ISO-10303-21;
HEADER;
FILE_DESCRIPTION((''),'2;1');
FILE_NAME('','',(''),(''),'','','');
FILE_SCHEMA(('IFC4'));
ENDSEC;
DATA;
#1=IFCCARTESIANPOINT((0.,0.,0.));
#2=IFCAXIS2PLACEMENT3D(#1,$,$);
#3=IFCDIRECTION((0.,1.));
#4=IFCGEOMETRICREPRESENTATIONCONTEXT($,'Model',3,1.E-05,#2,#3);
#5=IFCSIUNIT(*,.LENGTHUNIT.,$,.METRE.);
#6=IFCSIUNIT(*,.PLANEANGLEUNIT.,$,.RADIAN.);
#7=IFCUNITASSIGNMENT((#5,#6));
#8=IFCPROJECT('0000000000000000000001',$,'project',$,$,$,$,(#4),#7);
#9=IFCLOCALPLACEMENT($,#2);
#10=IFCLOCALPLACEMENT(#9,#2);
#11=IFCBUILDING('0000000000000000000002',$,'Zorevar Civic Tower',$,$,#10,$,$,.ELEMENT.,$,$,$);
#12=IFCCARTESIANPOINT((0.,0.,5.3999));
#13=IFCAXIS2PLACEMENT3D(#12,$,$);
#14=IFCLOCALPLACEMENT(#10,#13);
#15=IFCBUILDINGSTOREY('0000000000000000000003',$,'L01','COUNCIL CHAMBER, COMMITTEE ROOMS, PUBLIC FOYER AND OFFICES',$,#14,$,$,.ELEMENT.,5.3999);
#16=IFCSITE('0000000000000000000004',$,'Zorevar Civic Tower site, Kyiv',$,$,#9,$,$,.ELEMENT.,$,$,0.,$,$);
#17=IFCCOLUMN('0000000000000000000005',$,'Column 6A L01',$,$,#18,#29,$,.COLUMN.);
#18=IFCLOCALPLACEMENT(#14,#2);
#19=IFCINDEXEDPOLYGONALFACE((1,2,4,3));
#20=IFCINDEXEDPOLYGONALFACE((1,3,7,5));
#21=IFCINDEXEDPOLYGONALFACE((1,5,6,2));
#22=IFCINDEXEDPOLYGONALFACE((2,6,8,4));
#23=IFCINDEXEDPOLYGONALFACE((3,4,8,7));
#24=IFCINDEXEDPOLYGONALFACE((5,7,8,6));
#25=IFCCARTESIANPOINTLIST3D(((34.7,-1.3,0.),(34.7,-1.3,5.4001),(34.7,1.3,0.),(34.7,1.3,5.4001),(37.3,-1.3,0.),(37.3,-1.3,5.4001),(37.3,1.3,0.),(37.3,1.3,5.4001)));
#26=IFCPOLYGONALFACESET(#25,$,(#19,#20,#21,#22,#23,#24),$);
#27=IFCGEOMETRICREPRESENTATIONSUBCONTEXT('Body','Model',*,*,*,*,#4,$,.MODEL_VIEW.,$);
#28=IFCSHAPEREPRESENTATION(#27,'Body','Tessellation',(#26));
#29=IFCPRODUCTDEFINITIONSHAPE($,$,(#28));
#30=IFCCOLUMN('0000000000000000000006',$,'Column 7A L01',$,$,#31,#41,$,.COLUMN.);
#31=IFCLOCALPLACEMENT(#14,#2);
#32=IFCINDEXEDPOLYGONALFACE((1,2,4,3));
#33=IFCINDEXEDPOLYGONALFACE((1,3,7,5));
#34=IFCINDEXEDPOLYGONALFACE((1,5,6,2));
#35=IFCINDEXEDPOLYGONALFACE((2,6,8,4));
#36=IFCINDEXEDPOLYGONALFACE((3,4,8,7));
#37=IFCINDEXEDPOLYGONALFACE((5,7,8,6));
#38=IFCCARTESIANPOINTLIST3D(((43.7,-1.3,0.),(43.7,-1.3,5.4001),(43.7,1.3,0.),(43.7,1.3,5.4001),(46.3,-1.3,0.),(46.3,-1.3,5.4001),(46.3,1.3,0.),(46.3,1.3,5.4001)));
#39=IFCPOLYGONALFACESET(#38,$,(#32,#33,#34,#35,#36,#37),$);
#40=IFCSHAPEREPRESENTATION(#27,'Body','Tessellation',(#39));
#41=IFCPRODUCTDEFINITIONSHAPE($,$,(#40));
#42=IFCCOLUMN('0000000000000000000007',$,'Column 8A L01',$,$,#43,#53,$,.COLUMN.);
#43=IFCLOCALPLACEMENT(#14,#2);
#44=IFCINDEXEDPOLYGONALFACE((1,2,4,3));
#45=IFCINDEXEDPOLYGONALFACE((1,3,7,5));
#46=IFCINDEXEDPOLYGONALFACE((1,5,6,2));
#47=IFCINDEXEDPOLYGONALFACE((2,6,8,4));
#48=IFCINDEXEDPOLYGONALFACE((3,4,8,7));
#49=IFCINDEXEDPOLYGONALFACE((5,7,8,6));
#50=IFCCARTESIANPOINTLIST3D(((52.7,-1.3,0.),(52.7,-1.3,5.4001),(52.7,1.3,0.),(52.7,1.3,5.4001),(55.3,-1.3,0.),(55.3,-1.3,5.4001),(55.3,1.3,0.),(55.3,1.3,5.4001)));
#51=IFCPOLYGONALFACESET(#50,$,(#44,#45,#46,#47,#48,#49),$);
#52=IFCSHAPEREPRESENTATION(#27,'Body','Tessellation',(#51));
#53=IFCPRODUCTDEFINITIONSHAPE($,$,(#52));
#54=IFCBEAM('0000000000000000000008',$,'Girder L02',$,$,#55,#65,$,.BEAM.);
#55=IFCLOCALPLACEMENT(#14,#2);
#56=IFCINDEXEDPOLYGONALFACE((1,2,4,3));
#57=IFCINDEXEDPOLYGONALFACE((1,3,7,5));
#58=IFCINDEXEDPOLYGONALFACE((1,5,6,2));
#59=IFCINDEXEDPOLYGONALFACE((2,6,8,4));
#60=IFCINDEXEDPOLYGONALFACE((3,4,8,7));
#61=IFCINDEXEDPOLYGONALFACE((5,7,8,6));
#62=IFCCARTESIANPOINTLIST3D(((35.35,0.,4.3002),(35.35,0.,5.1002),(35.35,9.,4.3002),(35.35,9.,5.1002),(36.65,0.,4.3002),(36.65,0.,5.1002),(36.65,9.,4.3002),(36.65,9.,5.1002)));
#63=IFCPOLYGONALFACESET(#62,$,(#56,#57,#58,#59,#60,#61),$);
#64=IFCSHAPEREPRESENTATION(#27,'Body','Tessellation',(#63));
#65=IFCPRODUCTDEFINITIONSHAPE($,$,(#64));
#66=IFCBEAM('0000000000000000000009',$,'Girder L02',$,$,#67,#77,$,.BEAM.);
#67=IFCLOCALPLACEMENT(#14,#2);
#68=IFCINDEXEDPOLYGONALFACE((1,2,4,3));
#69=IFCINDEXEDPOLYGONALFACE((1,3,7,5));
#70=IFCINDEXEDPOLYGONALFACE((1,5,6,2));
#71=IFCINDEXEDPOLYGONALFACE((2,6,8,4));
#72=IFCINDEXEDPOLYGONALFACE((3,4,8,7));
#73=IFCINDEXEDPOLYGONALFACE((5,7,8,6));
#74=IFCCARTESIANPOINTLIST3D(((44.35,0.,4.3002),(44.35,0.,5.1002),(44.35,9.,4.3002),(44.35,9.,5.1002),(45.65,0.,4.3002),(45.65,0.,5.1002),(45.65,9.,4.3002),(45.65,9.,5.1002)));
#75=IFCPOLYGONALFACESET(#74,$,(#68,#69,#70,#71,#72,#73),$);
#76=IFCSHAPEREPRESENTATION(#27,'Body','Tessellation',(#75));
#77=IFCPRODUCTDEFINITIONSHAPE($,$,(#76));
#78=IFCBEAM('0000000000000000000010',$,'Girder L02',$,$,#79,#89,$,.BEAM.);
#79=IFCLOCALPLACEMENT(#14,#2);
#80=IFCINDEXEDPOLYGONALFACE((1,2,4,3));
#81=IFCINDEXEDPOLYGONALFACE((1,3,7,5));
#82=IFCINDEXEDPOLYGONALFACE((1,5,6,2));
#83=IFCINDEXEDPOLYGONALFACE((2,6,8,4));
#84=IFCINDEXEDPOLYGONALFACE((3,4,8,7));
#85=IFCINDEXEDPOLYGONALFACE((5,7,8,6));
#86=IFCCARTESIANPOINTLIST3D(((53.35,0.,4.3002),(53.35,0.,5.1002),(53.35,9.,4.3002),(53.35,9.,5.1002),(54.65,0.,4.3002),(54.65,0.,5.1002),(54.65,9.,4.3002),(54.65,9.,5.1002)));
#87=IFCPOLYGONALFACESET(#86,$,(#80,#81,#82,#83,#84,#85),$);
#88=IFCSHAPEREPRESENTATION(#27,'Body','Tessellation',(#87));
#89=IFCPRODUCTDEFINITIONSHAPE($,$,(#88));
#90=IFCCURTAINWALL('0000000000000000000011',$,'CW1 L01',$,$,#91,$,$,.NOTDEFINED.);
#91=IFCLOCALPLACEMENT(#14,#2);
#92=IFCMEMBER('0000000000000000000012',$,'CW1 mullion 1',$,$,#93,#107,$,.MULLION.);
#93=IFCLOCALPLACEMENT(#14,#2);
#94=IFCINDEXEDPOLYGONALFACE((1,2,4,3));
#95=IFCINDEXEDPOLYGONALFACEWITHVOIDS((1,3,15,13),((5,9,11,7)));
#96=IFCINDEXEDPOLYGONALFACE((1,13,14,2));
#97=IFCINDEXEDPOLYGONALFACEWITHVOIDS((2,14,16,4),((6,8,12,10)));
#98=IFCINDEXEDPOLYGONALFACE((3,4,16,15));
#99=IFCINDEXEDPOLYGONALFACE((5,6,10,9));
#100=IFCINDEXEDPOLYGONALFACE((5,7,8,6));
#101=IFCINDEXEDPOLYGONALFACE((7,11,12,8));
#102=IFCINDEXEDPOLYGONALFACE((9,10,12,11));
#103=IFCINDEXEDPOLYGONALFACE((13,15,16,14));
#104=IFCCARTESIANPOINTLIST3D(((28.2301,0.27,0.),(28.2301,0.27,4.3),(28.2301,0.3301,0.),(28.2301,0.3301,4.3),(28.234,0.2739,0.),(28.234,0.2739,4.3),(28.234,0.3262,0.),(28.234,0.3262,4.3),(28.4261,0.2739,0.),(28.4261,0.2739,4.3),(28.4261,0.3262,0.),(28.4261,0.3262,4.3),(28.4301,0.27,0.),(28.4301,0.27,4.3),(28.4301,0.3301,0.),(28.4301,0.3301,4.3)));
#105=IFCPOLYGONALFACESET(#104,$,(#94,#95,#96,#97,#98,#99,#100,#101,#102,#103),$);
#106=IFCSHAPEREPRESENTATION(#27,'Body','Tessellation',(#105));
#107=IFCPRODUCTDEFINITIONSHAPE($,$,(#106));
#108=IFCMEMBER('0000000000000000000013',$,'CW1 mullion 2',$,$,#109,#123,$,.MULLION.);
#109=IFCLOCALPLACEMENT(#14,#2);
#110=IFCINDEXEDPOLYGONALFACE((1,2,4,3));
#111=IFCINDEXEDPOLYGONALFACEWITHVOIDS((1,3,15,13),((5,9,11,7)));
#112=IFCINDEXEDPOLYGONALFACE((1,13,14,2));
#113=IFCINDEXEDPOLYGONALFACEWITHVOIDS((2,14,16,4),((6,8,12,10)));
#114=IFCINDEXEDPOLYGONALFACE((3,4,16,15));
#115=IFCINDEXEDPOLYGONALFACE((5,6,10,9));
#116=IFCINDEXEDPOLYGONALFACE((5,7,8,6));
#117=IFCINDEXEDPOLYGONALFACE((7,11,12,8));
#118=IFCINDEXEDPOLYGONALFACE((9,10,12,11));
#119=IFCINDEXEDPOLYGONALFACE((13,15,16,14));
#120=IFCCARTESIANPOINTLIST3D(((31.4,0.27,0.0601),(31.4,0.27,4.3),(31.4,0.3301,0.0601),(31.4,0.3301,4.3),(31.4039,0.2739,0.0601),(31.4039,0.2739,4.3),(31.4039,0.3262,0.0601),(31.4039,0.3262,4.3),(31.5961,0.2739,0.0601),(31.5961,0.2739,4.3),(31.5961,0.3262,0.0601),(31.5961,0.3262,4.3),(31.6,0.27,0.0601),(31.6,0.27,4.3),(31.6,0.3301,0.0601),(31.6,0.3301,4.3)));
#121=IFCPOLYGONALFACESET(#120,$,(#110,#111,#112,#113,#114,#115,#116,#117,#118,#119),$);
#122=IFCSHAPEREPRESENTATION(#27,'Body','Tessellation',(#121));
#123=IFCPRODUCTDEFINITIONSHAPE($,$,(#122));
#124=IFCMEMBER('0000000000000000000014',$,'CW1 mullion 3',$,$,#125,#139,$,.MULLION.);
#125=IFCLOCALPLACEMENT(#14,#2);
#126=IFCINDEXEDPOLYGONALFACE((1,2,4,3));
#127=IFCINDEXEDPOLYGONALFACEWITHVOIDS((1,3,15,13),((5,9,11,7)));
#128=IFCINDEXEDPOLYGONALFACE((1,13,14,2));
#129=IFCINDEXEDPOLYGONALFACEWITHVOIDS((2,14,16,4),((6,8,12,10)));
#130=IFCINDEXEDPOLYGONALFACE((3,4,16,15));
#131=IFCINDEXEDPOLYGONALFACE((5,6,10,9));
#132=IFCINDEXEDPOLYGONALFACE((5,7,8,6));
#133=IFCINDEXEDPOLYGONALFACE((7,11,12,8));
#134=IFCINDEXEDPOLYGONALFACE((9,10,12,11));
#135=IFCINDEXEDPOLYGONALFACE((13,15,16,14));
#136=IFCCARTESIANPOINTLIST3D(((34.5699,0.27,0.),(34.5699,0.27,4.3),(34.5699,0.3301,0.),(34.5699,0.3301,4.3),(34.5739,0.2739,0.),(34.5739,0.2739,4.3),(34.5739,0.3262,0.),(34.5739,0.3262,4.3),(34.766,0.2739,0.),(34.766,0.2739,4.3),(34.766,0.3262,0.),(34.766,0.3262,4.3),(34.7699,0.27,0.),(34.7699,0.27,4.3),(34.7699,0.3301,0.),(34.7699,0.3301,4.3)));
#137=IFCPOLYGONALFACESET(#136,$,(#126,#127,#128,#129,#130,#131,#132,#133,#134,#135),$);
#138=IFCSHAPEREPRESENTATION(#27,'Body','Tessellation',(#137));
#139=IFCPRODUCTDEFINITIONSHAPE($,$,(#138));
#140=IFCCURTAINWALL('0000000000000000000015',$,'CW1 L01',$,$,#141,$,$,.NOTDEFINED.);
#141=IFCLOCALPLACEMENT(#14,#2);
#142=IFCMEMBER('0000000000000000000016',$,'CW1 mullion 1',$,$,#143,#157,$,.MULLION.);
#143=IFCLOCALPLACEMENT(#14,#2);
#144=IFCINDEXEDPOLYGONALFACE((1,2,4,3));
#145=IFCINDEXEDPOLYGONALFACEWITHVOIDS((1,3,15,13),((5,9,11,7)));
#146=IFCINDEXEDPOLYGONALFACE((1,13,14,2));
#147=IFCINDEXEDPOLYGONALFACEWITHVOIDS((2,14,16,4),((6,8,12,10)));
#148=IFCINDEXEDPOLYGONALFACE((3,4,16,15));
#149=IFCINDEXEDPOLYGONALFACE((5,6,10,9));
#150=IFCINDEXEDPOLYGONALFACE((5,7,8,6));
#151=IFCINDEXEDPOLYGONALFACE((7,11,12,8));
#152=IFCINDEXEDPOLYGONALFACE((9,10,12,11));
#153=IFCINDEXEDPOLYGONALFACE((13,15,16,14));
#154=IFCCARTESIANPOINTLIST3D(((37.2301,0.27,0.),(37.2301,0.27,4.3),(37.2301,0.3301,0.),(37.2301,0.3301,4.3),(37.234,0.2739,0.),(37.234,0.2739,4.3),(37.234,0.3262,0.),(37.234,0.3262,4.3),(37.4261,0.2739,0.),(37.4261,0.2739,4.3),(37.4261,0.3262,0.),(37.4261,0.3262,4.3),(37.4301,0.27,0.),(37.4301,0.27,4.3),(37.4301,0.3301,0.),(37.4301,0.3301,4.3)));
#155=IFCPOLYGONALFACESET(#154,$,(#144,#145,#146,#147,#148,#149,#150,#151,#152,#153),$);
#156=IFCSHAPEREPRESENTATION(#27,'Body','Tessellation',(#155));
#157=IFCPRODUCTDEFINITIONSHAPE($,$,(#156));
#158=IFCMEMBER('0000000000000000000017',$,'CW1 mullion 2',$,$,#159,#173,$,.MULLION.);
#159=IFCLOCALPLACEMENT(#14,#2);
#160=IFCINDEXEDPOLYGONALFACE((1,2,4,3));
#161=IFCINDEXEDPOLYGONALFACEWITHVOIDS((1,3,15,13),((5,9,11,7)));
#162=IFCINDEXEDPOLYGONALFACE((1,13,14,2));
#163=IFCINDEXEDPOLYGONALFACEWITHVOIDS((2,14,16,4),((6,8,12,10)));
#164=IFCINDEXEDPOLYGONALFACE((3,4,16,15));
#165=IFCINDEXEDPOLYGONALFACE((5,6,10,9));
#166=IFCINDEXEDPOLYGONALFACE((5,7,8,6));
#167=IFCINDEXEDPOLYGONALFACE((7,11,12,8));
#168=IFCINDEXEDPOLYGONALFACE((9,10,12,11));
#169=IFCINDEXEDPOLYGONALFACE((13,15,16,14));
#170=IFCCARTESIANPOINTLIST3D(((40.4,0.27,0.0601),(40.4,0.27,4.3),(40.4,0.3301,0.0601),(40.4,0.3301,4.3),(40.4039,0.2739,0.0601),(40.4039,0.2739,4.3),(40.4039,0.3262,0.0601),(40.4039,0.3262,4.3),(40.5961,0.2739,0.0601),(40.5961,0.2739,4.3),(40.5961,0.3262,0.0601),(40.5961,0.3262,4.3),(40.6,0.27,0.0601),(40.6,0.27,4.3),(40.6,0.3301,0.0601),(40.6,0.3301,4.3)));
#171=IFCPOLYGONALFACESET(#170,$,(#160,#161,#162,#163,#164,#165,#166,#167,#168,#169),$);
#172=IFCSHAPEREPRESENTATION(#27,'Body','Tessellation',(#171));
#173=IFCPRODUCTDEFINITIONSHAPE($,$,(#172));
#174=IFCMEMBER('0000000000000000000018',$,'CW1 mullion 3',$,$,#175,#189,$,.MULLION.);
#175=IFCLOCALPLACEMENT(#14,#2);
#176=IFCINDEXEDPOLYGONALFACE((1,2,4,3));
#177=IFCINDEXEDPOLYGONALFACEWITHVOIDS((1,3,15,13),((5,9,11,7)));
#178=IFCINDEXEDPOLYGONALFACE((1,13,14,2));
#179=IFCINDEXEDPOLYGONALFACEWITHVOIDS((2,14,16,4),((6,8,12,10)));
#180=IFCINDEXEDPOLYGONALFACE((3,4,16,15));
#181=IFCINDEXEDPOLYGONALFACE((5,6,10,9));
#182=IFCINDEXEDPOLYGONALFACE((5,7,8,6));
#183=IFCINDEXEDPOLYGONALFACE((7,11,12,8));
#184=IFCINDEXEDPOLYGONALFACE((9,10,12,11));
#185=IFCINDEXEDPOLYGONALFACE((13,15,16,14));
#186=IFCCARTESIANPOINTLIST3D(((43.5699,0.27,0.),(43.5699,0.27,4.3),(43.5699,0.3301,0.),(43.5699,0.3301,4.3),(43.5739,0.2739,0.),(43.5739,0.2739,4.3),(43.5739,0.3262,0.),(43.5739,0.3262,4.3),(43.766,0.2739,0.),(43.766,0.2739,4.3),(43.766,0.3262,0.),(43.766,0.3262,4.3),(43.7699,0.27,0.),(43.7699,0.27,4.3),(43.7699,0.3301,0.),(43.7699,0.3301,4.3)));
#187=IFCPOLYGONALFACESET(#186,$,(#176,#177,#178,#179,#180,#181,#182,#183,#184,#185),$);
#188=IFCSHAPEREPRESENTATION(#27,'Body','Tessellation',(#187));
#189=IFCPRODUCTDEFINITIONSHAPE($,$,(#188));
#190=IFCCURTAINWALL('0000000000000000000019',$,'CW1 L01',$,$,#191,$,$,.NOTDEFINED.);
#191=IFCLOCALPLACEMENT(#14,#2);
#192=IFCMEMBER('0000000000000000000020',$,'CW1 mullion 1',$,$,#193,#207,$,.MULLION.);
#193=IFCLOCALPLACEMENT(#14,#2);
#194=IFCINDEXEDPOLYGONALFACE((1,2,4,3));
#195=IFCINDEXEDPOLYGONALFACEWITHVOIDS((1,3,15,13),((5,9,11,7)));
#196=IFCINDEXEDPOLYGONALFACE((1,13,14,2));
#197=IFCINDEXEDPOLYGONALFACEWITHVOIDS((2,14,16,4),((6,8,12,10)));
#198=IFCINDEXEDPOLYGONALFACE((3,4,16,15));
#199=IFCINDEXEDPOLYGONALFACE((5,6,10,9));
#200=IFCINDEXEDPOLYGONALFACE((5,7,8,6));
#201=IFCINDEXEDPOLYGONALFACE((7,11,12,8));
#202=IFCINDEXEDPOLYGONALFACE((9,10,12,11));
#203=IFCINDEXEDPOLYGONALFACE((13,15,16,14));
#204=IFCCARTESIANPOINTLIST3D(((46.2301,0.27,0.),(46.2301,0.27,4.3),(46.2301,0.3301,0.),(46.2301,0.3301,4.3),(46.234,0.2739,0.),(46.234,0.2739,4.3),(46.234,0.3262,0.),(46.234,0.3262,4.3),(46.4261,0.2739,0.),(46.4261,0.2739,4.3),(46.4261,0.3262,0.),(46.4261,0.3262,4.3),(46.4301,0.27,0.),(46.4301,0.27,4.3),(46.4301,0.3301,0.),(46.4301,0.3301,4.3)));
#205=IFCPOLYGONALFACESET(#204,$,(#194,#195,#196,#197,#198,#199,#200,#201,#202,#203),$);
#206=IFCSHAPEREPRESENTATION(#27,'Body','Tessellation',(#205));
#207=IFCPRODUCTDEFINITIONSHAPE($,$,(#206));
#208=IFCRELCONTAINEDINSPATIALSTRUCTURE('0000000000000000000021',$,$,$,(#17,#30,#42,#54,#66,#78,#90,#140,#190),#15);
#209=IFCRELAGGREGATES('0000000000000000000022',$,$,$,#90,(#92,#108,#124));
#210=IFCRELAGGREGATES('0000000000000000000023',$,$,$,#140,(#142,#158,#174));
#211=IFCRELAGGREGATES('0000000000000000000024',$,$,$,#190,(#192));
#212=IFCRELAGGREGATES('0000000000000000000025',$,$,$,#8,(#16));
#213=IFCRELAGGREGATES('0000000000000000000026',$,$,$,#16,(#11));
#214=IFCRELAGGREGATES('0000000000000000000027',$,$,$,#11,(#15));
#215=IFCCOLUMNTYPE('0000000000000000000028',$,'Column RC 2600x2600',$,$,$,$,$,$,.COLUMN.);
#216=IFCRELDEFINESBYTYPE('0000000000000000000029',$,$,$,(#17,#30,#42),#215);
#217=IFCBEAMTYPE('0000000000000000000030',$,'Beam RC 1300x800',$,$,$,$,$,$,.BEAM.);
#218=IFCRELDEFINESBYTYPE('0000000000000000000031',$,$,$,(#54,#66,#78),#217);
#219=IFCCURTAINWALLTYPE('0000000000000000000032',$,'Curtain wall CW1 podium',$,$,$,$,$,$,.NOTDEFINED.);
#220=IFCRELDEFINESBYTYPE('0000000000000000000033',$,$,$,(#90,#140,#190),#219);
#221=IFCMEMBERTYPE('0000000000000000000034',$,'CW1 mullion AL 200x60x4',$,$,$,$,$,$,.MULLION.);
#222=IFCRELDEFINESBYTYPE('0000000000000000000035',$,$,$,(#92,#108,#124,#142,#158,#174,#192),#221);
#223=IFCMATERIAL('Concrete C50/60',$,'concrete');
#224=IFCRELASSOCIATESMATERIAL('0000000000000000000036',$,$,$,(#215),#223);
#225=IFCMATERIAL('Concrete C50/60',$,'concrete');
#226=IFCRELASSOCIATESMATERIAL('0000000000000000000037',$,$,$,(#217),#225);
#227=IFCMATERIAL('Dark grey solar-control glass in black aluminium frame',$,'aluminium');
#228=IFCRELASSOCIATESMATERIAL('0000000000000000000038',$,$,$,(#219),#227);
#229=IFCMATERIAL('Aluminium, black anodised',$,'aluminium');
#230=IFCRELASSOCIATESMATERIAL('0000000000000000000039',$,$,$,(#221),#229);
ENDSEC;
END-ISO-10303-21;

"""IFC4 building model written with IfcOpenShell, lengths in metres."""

from ifc_helpers import new_model, si_unit, direction, frame, origin, origin_2d, place, context, subcontext, project, spatial, rectangle, hollow_rectangle, extrude, material, material_profile, profile_set, type_object, element, aggregate, save


model = new_model("IFC4")

# Units and contexts
model_context = context("Model", 3, precision=1e-05, world=origin(), true_north=direction((0.0, 1.0)))
body_context = subcontext(model_context, "Body", "Model", "MODEL_VIEW")
ifc_project = project(units=[si_unit("LENGTHUNIT", "METRE"), si_unit("PLANEANGLEUNIT", "RADIAN")], contexts=[model_context])

# Site, building, storey
site_placement = place(None, origin())
site = spatial("IfcSite", under=ifc_project, at=site_placement, Name="Zorevar Civic Tower site, Kyiv", CompositionType="ELEMENT", RefElevation=0.0)
building_placement = place(site_placement, origin())
building = spatial("IfcBuilding", under=site, at=building_placement, Name="Zorevar Civic Tower", CompositionType="ELEMENT")
storey_placement = place(building_placement, frame((0.0, 0.0, 5.3999)))
storey = spatial("IfcBuildingStorey", under=building, at=storey_placement, Name="L01", Description="COUNCIL CHAMBER, COMMITTEE ROOMS, PUBLIC FOYER AND OFFICES", CompositionType="ELEMENT", Elevation=5.3999)

# Columns
ifc_material_1 = material(Name="Concrete C50/60", Category="concrete")
ifc_material_profile_1 = material_profile(ifc_material_1, rectangle(XDim=2.6001, YDim=2.6001, at=origin_2d()), Name="RC 2600x2600")
ifc_profile_set_1 = profile_set([ifc_material_profile_1], Name="Concrete C50/60")
column_type = type_object("IfcColumnType", Name="Column RC 2600x2600", PredefinedType="COLUMN", material=ifc_profile_set_1)
for number, where, z_axis, x_axis, name in (
    (1, (36.0, 0.0, 0.0), (0.0, 0.0, 1.0), (1.0, 0.0, 0.0), "Column 6A L01"),
    (2, (45.0, 0.0, 0.0), (0.0, 0.0, 1.0), (1.0, 0.0, 0.0), "Column 7A L01"),
    (3, (54.0, 0.0, 0.0), (0.0, 0.0, 1.0), (1.0, 0.0, 0.0), "Column 8A L01"),
):
    element("IfcColumn", number, at=place(storey_placement, frame(where, z_axis=z_axis, x_axis=x_axis)), inside=storey, type_object=column_type, Name=name, PredefinedType="COLUMN", context=body_context, shape_type="SweptSolid", body=[
        extrude(rectangle(XDim=2.6001, YDim=2.6001, at=origin_2d()), origin(), (0.0, 0.0, 1.0), 5.4001),
    ])

# Beams
ifc_material_2 = material(Name="Concrete C50/60", Category="concrete")
ifc_material_profile_2 = material_profile(ifc_material_2, rectangle(XDim=1.3, YDim=0.8, at=origin_2d()), Name="RC 1300x800")
ifc_profile_set_2 = profile_set([ifc_material_profile_2], Name="Concrete C50/60")
beam_type_1 = type_object("IfcBeamType", Name="Beam RC 1300x800", PredefinedType="BEAM", material=ifc_profile_set_2)
for number, where, z_axis, x_axis, name in (
    (4, (36.0, 0.0, 4.7002), (0.0, 1.0, 0.0), (-1.0, 0.0, 0.0), "Girder L02"),
    (5, (45.0, 0.0, 4.7002), (0.0, 1.0, 0.0), (-1.0, 0.0, 0.0), "Girder L02"),
    (6, (54.0, 0.0, 4.7002), (0.0, 1.0, 0.0), (-1.0, 0.0, 0.0), "Girder L02"),
):
    element("IfcBeam", number, at=place(storey_placement, frame(where, z_axis=z_axis, x_axis=x_axis)), inside=storey, type_object=beam_type_1, Name=name, PredefinedType="BEAM", context=body_context, shape_type="SweptSolid", body=[
        extrude(rectangle(XDim=1.3, YDim=0.8, at=origin_2d()), origin(), (0.0, 0.0, 1.0), 9.0),
    ])

# Curtain walls, members
ifc_material_3 = material(Name="Dark grey solar-control glass in black aluminium frame", Category="aluminium")
curtain_wall_type = type_object("IfcCurtainWallType", Name="Curtain wall CW1 podium", PredefinedType="NOTDEFINED", material=ifc_material_3)
curtain_wall_1_placement = place(storey_placement, origin())
curtain_wall_1 = element("IfcCurtainWall", 7, at=curtain_wall_1_placement, inside=storey, type_object=curtain_wall_type, Name="CW1 L01", PredefinedType="NOTDEFINED")
ifc_material_4 = material(Name="Aluminium, black anodised", Category="aluminium")
ifc_material_profile_3 = material_profile(ifc_material_4, hollow_rectangle(XDim=0.0601, YDim=0.2, WallThickness=0.0039, at=origin_2d()), Name="AL 200x60x4")
ifc_profile_set_3 = profile_set([ifc_material_profile_3], Name="Aluminium, black anodised")
member_type_1 = type_object("IfcMemberType", Name="CW1 mullion AL 200x60x4", PredefinedType="MULLION", material=ifc_profile_set_3)
member_1_placement = place(storey_placement, frame((28.3301, 0.3, 0.0), z_axis=(0.0, 0.0, 1.0), x_axis=(0.0, 1.0, 0.0)))
member_1 = element("IfcMember", 8, at=member_1_placement, type_object=member_type_1, Name="CW1 mullion 1", PredefinedType="MULLION", context=body_context, shape_type="SweptSolid", body=[
    extrude(hollow_rectangle(XDim=0.0601, YDim=0.2, WallThickness=0.0039, at=origin_2d()), origin(), (0.0, 0.0, 1.0), 4.3),
])
member_2_placement = place(storey_placement, frame((31.5, 0.3, 0.0601), z_axis=(0.0, 0.0, 1.0), x_axis=(0.0, 1.0, 0.0)))
member_2 = element("IfcMember", 9, at=member_2_placement, type_object=member_type_1, Name="CW1 mullion 2", PredefinedType="MULLION", context=body_context, shape_type="SweptSolid", body=[
    extrude(hollow_rectangle(XDim=0.0601, YDim=0.2, WallThickness=0.0039, at=origin_2d()), origin(), (0.0, 0.0, 1.0), 4.24),
])
member_3_placement = place(storey_placement, frame((34.6699, 0.3, 0.0), z_axis=(0.0, 0.0, 1.0), x_axis=(0.0, 1.0, 0.0)))
member_3 = element("IfcMember", 10, at=member_3_placement, type_object=member_type_1, Name="CW1 mullion 3", PredefinedType="MULLION", context=body_context, shape_type="SweptSolid", body=[
    extrude(hollow_rectangle(XDim=0.0601, YDim=0.2, WallThickness=0.0039, at=origin_2d()), origin(), (0.0, 0.0, 1.0), 4.3),
])
curtain_wall_2_placement = place(storey_placement, origin())
curtain_wall_2 = element("IfcCurtainWall", 11, at=curtain_wall_2_placement, inside=storey, type_object=curtain_wall_type, Name="CW1 L01", PredefinedType="NOTDEFINED")
member_4_placement = place(storey_placement, frame((37.3301, 0.3, 0.0), z_axis=(0.0, 0.0, 1.0), x_axis=(0.0, 1.0, 0.0)))
member_4 = element("IfcMember", 12, at=member_4_placement, type_object=member_type_1, Name="CW1 mullion 1", PredefinedType="MULLION", context=body_context, shape_type="SweptSolid", body=[
    extrude(hollow_rectangle(XDim=0.0601, YDim=0.2, WallThickness=0.0039, at=origin_2d()), origin(), (0.0, 0.0, 1.0), 4.3),
])
member_5_placement = place(storey_placement, frame((40.5, 0.3, 0.0601), z_axis=(0.0, 0.0, 1.0), x_axis=(0.0, 1.0, 0.0)))
member_5 = element("IfcMember", 13, at=member_5_placement, type_object=member_type_1, Name="CW1 mullion 2", PredefinedType="MULLION", context=body_context, shape_type="SweptSolid", body=[
    extrude(hollow_rectangle(XDim=0.0601, YDim=0.2, WallThickness=0.0039, at=origin_2d()), origin(), (0.0, 0.0, 1.0), 4.24),
])
member_6_placement = place(storey_placement, frame((43.6699, 0.3, 0.0), z_axis=(0.0, 0.0, 1.0), x_axis=(0.0, 1.0, 0.0)))
member_6 = element("IfcMember", 14, at=member_6_placement, type_object=member_type_1, Name="CW1 mullion 3", PredefinedType="MULLION", context=body_context, shape_type="SweptSolid", body=[
    extrude(hollow_rectangle(XDim=0.0601, YDim=0.2, WallThickness=0.0039, at=origin_2d()), origin(), (0.0, 0.0, 1.0), 4.3),
])
curtain_wall_3_placement = place(storey_placement, origin())
curtain_wall_3 = element("IfcCurtainWall", 15, at=curtain_wall_3_placement, inside=storey, type_object=curtain_wall_type, Name="CW1 L01", PredefinedType="NOTDEFINED")
member_7_placement = place(storey_placement, frame((46.3301, 0.3, 0.0), z_axis=(0.0, 0.0, 1.0), x_axis=(0.0, 1.0, 0.0)))
member_7 = element("IfcMember", 16, at=member_7_placement, type_object=member_type_1, Name="CW1 mullion 1", PredefinedType="MULLION", context=body_context, shape_type="SweptSolid", body=[
    extrude(hollow_rectangle(XDim=0.0601, YDim=0.2, WallThickness=0.0039, at=origin_2d()), origin(), (0.0, 0.0, 1.0), 4.3),
])

aggregate(curtain_wall_1, [member_1, member_2, member_3])
aggregate(curtain_wall_2, [member_4, member_5, member_6])
aggregate(curtain_wall_3, [member_7])

save(model, "model.ifc")
